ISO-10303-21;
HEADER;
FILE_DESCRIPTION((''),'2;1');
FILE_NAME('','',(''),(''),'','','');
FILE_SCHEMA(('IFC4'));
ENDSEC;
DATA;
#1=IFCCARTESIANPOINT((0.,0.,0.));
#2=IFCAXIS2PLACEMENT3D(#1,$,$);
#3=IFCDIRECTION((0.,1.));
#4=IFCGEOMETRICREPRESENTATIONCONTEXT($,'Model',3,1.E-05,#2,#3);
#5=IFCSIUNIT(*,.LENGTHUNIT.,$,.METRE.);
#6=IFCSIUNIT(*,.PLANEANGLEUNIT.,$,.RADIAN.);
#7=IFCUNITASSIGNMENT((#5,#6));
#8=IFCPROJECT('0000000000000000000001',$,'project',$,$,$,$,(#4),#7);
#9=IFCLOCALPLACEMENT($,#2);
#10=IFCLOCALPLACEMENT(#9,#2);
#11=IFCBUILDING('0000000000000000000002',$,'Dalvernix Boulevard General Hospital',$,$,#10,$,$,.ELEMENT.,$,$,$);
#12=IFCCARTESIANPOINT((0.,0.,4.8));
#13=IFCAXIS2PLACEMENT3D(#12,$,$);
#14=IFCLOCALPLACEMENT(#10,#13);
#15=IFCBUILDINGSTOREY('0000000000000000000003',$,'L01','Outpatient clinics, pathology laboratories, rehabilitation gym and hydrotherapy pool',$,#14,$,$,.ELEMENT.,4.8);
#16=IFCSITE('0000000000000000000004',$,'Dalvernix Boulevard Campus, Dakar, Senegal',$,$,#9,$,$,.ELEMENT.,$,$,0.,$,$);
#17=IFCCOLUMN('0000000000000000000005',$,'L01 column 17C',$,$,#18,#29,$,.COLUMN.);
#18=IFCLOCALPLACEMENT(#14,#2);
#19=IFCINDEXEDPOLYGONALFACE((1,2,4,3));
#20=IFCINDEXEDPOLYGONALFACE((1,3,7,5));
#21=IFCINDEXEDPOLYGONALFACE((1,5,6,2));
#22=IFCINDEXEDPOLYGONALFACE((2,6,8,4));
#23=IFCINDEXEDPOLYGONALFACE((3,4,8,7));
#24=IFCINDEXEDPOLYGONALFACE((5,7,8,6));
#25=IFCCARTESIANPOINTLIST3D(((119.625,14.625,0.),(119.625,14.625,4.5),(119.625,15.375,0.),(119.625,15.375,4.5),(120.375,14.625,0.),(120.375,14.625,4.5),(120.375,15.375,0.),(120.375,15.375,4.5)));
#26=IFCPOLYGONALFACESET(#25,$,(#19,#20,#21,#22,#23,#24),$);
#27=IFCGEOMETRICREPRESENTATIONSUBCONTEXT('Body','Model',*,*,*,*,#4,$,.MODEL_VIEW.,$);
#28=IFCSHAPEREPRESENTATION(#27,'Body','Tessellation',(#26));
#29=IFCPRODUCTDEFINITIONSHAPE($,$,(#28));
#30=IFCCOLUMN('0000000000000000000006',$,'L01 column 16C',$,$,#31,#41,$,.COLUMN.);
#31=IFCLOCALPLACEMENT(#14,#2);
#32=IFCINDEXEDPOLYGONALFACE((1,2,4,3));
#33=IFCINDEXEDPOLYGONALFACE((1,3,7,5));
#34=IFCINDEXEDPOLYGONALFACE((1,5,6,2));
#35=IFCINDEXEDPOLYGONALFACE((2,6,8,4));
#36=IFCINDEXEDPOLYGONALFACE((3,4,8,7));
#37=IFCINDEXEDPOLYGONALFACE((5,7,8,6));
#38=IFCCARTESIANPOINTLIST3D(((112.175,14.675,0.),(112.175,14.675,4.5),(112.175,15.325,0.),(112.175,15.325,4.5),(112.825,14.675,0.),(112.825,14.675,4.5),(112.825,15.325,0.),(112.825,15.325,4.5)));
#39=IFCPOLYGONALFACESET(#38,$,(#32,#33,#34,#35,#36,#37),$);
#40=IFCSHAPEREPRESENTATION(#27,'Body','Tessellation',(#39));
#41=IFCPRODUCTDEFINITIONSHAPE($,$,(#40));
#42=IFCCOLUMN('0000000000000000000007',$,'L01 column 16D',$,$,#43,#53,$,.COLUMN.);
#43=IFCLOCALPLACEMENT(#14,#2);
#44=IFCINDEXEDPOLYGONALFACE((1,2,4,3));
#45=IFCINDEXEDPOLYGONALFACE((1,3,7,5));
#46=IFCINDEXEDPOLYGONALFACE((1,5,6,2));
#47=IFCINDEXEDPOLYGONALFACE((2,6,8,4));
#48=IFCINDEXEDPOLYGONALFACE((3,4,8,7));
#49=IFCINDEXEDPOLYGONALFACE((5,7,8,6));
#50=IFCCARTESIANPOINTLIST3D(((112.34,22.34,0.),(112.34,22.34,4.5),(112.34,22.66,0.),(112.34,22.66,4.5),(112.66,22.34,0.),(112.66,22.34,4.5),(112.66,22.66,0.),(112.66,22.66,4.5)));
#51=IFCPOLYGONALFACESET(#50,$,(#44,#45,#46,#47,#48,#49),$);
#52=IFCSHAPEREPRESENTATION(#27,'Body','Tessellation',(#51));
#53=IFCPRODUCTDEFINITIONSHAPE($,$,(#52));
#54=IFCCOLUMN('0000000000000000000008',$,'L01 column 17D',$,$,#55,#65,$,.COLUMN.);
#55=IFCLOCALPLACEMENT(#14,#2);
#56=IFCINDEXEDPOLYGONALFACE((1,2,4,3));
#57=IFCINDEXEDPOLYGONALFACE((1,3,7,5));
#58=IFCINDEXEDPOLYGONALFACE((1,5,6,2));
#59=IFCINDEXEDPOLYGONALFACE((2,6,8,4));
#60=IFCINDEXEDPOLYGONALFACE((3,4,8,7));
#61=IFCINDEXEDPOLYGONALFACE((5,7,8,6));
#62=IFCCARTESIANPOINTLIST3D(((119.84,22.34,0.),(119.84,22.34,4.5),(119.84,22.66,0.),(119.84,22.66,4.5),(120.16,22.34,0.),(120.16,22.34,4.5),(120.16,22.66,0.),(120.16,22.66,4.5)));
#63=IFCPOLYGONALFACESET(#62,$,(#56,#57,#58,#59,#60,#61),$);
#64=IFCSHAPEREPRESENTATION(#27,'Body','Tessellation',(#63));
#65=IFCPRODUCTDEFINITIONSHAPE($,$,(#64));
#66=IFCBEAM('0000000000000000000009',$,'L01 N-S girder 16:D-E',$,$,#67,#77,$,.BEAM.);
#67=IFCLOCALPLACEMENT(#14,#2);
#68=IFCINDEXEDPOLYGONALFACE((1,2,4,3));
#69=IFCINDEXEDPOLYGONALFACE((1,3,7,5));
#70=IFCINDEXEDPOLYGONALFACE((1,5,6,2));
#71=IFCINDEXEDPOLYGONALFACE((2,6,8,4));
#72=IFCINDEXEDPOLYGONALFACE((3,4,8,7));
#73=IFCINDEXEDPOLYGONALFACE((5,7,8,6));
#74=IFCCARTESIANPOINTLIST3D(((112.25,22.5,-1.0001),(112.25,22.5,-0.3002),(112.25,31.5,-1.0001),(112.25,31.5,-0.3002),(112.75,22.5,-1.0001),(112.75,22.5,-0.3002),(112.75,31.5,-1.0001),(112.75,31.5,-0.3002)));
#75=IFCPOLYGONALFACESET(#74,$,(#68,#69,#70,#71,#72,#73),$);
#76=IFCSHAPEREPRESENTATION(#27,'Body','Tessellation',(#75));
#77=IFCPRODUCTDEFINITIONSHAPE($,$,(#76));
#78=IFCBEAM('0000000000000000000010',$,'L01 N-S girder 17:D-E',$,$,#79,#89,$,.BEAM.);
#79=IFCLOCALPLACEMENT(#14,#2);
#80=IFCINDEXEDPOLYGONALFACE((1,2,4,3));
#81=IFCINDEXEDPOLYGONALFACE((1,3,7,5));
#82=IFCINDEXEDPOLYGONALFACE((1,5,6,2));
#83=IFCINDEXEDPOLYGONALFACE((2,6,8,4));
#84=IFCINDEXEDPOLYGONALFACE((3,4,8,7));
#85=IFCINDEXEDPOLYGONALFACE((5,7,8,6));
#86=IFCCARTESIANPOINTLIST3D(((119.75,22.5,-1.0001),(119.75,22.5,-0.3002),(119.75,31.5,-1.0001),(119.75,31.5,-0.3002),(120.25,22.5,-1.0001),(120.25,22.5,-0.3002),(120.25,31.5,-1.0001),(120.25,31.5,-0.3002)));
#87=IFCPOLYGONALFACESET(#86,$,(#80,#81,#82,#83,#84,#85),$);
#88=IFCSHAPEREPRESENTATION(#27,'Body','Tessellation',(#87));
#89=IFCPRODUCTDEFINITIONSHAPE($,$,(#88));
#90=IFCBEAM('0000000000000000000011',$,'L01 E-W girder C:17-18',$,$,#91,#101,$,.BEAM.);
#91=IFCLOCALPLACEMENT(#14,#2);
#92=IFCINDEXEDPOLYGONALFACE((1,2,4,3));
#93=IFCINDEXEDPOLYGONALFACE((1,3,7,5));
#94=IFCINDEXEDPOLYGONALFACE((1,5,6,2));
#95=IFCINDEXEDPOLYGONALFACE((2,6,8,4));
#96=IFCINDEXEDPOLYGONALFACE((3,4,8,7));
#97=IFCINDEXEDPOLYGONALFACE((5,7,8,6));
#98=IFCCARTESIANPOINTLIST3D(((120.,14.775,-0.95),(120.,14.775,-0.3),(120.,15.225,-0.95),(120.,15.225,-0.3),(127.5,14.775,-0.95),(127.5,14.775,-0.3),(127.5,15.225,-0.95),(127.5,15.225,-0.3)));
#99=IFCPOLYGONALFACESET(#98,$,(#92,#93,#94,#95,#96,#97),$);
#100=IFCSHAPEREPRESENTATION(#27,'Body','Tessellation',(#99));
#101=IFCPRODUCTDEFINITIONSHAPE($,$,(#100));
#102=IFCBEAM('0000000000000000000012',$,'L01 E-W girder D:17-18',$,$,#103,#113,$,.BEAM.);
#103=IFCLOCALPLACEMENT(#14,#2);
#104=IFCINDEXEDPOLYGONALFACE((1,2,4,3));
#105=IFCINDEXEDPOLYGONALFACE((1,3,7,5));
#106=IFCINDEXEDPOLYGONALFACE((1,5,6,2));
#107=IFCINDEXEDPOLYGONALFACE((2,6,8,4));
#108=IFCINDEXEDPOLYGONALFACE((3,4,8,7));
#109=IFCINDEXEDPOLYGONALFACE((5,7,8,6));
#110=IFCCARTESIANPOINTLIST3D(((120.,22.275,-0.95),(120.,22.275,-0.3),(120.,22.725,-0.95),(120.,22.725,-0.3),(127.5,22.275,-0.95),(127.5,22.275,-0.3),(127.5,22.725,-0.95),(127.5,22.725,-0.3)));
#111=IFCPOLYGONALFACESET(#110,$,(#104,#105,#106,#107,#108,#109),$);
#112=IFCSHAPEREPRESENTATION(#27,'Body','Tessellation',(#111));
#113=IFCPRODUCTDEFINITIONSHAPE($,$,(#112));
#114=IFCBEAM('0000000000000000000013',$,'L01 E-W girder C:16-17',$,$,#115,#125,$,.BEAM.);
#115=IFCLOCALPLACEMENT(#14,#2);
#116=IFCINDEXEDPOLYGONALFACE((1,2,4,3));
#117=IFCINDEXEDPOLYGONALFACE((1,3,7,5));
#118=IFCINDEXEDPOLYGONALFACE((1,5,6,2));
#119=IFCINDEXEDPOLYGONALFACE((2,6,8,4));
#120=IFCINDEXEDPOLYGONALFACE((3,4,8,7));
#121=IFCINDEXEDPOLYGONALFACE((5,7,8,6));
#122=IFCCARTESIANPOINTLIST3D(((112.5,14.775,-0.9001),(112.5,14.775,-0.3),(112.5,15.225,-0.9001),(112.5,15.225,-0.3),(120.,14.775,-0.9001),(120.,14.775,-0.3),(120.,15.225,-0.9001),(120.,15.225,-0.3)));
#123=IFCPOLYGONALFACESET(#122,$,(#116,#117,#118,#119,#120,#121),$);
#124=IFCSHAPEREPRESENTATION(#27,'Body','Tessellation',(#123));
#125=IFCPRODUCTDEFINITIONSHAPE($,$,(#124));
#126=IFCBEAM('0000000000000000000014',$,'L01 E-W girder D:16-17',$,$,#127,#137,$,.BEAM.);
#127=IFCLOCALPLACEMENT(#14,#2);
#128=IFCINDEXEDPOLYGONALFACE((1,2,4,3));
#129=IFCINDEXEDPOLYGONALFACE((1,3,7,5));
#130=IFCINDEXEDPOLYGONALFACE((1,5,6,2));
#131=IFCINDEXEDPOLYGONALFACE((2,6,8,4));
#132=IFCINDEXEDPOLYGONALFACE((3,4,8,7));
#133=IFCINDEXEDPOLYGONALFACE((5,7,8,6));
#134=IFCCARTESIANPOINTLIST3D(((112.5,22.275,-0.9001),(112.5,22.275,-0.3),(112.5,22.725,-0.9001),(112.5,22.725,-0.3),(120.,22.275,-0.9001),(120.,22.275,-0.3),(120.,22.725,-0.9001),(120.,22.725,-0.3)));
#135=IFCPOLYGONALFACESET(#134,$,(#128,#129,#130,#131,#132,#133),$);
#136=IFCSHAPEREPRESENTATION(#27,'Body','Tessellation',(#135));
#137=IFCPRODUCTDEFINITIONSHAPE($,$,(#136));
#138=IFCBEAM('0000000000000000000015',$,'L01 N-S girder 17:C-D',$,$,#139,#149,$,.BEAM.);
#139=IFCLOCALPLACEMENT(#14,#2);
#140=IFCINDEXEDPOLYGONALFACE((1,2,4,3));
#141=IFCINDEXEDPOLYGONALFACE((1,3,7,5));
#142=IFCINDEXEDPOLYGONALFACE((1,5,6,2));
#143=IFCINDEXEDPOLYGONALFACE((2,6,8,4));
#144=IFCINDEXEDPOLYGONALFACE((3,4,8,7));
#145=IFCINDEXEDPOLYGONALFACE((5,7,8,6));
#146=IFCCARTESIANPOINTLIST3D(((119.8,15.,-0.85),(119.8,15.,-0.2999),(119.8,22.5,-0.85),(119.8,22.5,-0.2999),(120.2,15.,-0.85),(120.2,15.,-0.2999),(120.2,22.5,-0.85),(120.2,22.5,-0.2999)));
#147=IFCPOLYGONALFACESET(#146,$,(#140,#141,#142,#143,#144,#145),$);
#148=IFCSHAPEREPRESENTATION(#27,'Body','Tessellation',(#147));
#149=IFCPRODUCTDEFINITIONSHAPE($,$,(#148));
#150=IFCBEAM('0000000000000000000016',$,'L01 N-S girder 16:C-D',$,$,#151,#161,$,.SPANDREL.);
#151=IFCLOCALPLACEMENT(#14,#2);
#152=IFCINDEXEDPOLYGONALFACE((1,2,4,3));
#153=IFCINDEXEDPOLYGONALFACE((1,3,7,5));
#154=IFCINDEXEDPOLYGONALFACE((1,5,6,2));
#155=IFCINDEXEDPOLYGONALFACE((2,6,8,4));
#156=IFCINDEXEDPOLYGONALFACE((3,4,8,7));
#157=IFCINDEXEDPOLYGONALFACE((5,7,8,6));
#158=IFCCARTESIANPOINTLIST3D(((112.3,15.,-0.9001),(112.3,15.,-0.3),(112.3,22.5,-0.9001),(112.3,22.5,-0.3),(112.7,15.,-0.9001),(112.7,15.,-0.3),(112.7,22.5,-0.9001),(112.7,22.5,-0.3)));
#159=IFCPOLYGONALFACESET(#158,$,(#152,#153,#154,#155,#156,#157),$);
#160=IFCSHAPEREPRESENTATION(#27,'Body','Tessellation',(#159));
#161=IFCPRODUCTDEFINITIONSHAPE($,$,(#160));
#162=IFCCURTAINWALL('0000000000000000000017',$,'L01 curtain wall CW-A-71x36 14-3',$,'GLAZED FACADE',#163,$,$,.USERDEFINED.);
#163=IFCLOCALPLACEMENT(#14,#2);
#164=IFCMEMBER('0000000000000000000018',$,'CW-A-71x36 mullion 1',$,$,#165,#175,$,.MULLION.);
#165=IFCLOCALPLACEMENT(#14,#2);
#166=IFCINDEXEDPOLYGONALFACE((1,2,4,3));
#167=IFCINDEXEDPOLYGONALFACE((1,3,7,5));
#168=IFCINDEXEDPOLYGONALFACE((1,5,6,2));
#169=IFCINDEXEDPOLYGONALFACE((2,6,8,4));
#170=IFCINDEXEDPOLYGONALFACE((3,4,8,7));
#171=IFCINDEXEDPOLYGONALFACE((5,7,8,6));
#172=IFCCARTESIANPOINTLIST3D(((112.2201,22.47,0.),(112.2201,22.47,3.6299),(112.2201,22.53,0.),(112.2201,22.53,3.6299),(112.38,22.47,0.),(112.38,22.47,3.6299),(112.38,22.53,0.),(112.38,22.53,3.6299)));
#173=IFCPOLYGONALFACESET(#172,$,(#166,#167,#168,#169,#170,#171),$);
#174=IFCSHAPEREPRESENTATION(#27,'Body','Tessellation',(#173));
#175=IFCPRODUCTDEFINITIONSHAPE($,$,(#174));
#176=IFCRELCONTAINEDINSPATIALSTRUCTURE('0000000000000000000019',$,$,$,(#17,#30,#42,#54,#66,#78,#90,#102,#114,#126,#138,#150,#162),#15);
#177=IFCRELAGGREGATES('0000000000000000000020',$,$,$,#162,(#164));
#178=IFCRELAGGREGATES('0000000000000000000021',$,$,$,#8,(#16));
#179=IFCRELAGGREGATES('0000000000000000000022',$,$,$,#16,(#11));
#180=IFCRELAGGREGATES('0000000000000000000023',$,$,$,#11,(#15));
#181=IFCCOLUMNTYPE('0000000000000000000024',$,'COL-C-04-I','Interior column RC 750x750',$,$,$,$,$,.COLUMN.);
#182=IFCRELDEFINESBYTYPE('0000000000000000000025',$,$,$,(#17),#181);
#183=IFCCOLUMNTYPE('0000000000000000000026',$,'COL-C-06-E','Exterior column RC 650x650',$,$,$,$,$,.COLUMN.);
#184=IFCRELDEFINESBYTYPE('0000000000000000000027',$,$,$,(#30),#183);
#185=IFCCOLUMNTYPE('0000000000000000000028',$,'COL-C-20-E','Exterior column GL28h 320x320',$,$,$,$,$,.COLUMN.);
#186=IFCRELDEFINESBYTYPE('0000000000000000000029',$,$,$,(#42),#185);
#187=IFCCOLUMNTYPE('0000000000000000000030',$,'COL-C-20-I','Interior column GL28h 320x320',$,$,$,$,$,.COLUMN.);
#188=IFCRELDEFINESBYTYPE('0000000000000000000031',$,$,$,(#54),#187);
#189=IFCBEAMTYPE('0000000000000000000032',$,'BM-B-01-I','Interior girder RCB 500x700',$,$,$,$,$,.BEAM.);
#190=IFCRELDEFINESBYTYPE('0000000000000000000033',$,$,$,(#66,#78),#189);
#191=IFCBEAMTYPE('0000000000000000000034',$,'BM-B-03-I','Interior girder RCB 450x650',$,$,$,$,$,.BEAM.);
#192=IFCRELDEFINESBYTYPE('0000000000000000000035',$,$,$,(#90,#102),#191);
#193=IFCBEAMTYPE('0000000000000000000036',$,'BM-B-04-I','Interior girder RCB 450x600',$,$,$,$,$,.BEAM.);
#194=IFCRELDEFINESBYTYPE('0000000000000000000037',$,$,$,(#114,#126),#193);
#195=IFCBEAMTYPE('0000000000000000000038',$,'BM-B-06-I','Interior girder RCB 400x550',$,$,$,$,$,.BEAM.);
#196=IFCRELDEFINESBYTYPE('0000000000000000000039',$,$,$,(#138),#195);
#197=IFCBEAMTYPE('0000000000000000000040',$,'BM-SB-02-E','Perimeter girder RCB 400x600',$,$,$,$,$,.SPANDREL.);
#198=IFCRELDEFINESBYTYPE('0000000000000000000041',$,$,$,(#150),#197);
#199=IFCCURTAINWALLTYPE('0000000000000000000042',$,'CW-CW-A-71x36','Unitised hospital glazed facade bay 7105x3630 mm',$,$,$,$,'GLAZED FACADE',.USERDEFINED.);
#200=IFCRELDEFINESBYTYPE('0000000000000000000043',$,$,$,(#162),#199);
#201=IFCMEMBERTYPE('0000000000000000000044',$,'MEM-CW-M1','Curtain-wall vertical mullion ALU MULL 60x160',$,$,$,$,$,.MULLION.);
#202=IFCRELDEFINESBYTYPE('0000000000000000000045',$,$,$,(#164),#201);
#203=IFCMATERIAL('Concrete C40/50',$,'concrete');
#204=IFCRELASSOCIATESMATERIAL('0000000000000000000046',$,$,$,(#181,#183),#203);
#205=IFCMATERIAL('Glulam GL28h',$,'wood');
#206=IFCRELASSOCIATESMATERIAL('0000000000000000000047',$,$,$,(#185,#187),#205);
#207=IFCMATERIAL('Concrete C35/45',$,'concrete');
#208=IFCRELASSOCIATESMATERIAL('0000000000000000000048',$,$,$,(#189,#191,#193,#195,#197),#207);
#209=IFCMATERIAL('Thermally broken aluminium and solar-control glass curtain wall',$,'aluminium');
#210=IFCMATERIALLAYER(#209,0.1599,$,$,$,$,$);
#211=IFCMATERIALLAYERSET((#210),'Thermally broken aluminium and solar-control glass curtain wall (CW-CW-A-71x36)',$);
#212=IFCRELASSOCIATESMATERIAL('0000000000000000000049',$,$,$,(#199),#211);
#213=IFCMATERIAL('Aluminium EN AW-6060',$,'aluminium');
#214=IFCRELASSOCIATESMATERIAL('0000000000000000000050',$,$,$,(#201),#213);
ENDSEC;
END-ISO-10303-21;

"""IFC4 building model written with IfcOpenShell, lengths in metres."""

from ifc_helpers import new_model, si_unit, direction, frame, origin, origin_2d, place, context, subcontext, project, spatial, rectangle, extrude, material, layer, layer_set, material_profile, profile_set, type_object, element, aggregate, save


model = new_model("IFC4")

# Units and contexts
model_context = context("Model", 3, precision=1e-05, world=origin(), true_north=direction((0.0, 1.0)))
body_context = subcontext(model_context, "Body", "Model", "MODEL_VIEW")
ifc_project = project(units=[si_unit("LENGTHUNIT", "METRE"), si_unit("PLANEANGLEUNIT", "RADIAN")], contexts=[model_context])

# Site, building, storey
site_placement = place(None, origin())
site = spatial("IfcSite", under=ifc_project, at=site_placement, Name="Dalvernix Boulevard Campus, Dakar, Senegal", CompositionType="ELEMENT", RefElevation=0.0)
building_placement = place(site_placement, origin())
building = spatial("IfcBuilding", under=site, at=building_placement, Name="Dalvernix Boulevard General Hospital", CompositionType="ELEMENT")
storey_placement = place(building_placement, frame((0.0, 0.0, 4.8)))
storey = spatial("IfcBuildingStorey", under=building, at=storey_placement, Name="L01", Description="Outpatient clinics, pathology laboratories, rehabilitation gym and hydrotherapy pool", CompositionType="ELEMENT", Elevation=4.8)

# Columns
ifc_material_1 = material(Name="Concrete C40/50", Category="concrete")
ifc_material_profile_1 = material_profile(ifc_material_1, rectangle(XDim=0.75, YDim=0.75, at=origin_2d()), Name="RC 750x750")
ifc_profile_set_1 = profile_set([ifc_material_profile_1], Name="Concrete C40/50")
column_type_1 = type_object("IfcColumnType", Name="COL-C-04-I", Description="Interior column RC 750x750", PredefinedType="COLUMN", material=ifc_profile_set_1)
column_1_placement = place(storey_placement, frame((120.0, 15.0, 0.0), z_axis=(0.0, 0.0, 1.0), x_axis=(1.0, 0.0, 0.0)))
element("IfcColumn", 1, at=column_1_placement, inside=storey, type_object=column_type_1, Name="L01 column 17C", PredefinedType="COLUMN", context=body_context, shape_type="SweptSolid", body=[
    extrude(rectangle(XDim=0.75, YDim=0.75, at=origin_2d()), origin(), (0.0, 0.0, 1.0), 4.5),
])
ifc_material_profile_2 = material_profile(ifc_material_1, rectangle(XDim=0.6499, YDim=0.6499, at=origin_2d()), Name="RC 650x650")
ifc_profile_set_2 = profile_set([ifc_material_profile_2], Name="Concrete C40/50")
column_type_2 = type_object("IfcColumnType", Name="COL-C-06-E", Description="Exterior column RC 650x650", PredefinedType="COLUMN", material=ifc_profile_set_2)
column_2_placement = place(storey_placement, frame((112.5, 15.0, 0.0), z_axis=(0.0, 0.0, 1.0), x_axis=(1.0, 0.0, 0.0)))
element("IfcColumn", 2, at=column_2_placement, inside=storey, type_object=column_type_2, Name="L01 column 16C", PredefinedType="COLUMN", context=body_context, shape_type="SweptSolid", body=[
    extrude(rectangle(XDim=0.6499, YDim=0.6499, at=origin_2d()), origin(), (0.0, 0.0, 1.0), 4.5),
])
ifc_material_2 = material(Name="Glulam GL28h", Category="wood")
ifc_material_profile_3 = material_profile(ifc_material_2, rectangle(XDim=0.3201, YDim=0.3201, at=origin_2d()), Name="GL28h 320x320")
ifc_profile_set_3 = profile_set([ifc_material_profile_3], Name="Glulam GL28h")
column_type_3 = type_object("IfcColumnType", Name="COL-C-20-E", Description="Exterior column GL28h 320x320", PredefinedType="COLUMN", material=ifc_profile_set_3)
column_3_placement = place(storey_placement, frame((112.5, 22.5, 0.0), z_axis=(0.0, 0.0, 1.0), x_axis=(1.0, 0.0, 0.0)))
element("IfcColumn", 3, at=column_3_placement, inside=storey, type_object=column_type_3, Name="L01 column 16D", PredefinedType="COLUMN", context=body_context, shape_type="SweptSolid", body=[
    extrude(rectangle(XDim=0.3201, YDim=0.3201, at=origin_2d()), origin(), (0.0, 0.0, 1.0), 4.5),
])
ifc_material_profile_4 = material_profile(ifc_material_2, rectangle(XDim=0.3201, YDim=0.3201, at=origin_2d()), Name="GL28h 320x320")
ifc_profile_set_4 = profile_set([ifc_material_profile_4], Name="Glulam GL28h")
column_type_4 = type_object("IfcColumnType", Name="COL-C-20-I", Description="Interior column GL28h 320x320", PredefinedType="COLUMN", material=ifc_profile_set_4)
column_4_placement = place(storey_placement, frame((120.0, 22.5, 0.0), z_axis=(0.0, 0.0, 1.0), x_axis=(1.0, 0.0, 0.0)))
element("IfcColumn", 4, at=column_4_placement, inside=storey, type_object=column_type_4, Name="L01 column 17D", PredefinedType="COLUMN", context=body_context, shape_type="SweptSolid", body=[
    extrude(rectangle(XDim=0.3201, YDim=0.3201, at=origin_2d()), origin(), (0.0, 0.0, 1.0), 4.5),
])

# Beams
ifc_material_3 = material(Name="Concrete C35/45", Category="concrete")
ifc_material_profile_5 = material_profile(ifc_material_3, rectangle(XDim=0.5, YDim=0.7, at=origin_2d()), Name="RCB 500x700")
ifc_profile_set_5 = profile_set([ifc_material_profile_5], Name="Concrete C35/45")
beam_type_1 = type_object("IfcBeamType", Name="BM-B-01-I", Description="Interior girder RCB 500x700", PredefinedType="BEAM", material=ifc_profile_set_5)
for number, where, z_axis, x_axis, name in (
    (5, (112.5, 22.5, -0.6501), (0.0, 1.0, 0.0), (-1.0, 0.0, 0.0), "L01 N-S girder 16:D-E"),
    (6, (120.0, 22.5, -0.6501), (0.0, 1.0, 0.0), (-1.0, 0.0, 0.0), "L01 N-S girder 17:D-E"),
):
    element("IfcBeam", number, at=place(storey_placement, frame(where, z_axis=z_axis, x_axis=x_axis)), inside=storey, type_object=beam_type_1, Name=name, PredefinedType="BEAM", context=body_context, shape_type="SweptSolid", body=[
        extrude(rectangle(XDim=0.5, YDim=0.7, at=origin_2d()), origin(), (0.0, 0.0, 1.0), 9.0),
    ])
ifc_material_profile_6 = material_profile(ifc_material_3, rectangle(XDim=0.45, YDim=0.6499, at=origin_2d()), Name="RCB 450x650")
ifc_profile_set_6 = profile_set([ifc_material_profile_6], Name="Concrete C35/45")
beam_type_2 = type_object("IfcBeamType", Name="BM-B-03-I", Description="Interior girder RCB 450x650", PredefinedType="BEAM", material=ifc_profile_set_6)
for number, where, z_axis, x_axis, name in (
    (7, (120.0, 15.0, -0.625), (1.0, 0.0, 0.0), (0.0, 1.0, 0.0), "L01 E-W girder C:17-18"),
    (8, (120.0, 22.5, -0.625), (1.0, 0.0, 0.0), (0.0, 1.0, 0.0), "L01 E-W girder D:17-18"),
):
    element("IfcBeam", number, at=place(storey_placement, frame(where, z_axis=z_axis, x_axis=x_axis)), inside=storey, type_object=beam_type_2, Name=name, PredefinedType="BEAM", context=body_context, shape_type="SweptSolid", body=[
        extrude(rectangle(XDim=0.45, YDim=0.6499, at=origin_2d()), origin(), (0.0, 0.0, 1.0), 7.5),
    ])
ifc_material_profile_7 = material_profile(ifc_material_3, rectangle(XDim=0.45, YDim=0.6001, at=origin_2d()), Name="RCB 450x600")
ifc_profile_set_7 = profile_set([ifc_material_profile_7], Name="Concrete C35/45")
beam_type_3 = type_object("IfcBeamType", Name="BM-B-04-I", Description="Interior girder RCB 450x600", PredefinedType="BEAM", material=ifc_profile_set_7)
for number, where, z_axis, x_axis, name in (
    (9, (112.5, 15.0, -0.6001), (1.0, 0.0, 0.0), (0.0, 1.0, 0.0), "L01 E-W girder C:16-17"),
    (10, (112.5, 22.5, -0.6001), (1.0, 0.0, 0.0), (0.0, 1.0, 0.0), "L01 E-W girder D:16-17"),
):
    element("IfcBeam", number, at=place(storey_placement, frame(where, z_axis=z_axis, x_axis=x_axis)), inside=storey, type_object=beam_type_3, Name=name, PredefinedType="BEAM", context=body_context, shape_type="SweptSolid", body=[
        extrude(rectangle(XDim=0.45, YDim=0.6001, at=origin_2d()), origin(), (0.0, 0.0, 1.0), 7.5),
    ])
ifc_material_profile_8 = material_profile(ifc_material_3, rectangle(XDim=0.3999, YDim=0.55, at=origin_2d()), Name="RCB 400x550")
ifc_profile_set_8 = profile_set([ifc_material_profile_8], Name="Concrete C35/45")
beam_type_4 = type_object("IfcBeamType", Name="BM-B-06-I", Description="Interior girder RCB 400x550", PredefinedType="BEAM", material=ifc_profile_set_8)
beam_1_placement = place(storey_placement, frame((120.0, 15.0, -0.575), z_axis=(0.0, 1.0, 0.0), x_axis=(-1.0, 0.0, 0.0)))
element("IfcBeam", 11, at=beam_1_placement, inside=storey, type_object=beam_type_4, Name="L01 N-S girder 17:C-D", PredefinedType="BEAM", context=body_context, shape_type="SweptSolid", body=[
    extrude(rectangle(XDim=0.3999, YDim=0.55, at=origin_2d()), origin(), (0.0, 0.0, 1.0), 7.5),
])
ifc_material_profile_9 = material_profile(ifc_material_3, rectangle(XDim=0.3999, YDim=0.6001, at=origin_2d()), Name="RCB 400x600")
ifc_profile_set_9 = profile_set([ifc_material_profile_9], Name="Concrete C35/45")
beam_type_5 = type_object("IfcBeamType", Name="BM-SB-02-E", Description="Perimeter girder RCB 400x600", PredefinedType="SPANDREL", material=ifc_profile_set_9)
beam_2_placement = place(storey_placement, frame((112.5, 15.0, -0.6001), z_axis=(0.0, 1.0, 0.0), x_axis=(-1.0, 0.0, 0.0)))
element("IfcBeam", 12, at=beam_2_placement, inside=storey, type_object=beam_type_5, Name="L01 N-S girder 16:C-D", PredefinedType="SPANDREL", context=body_context, shape_type="SweptSolid", body=[
    extrude(rectangle(XDim=0.3999, YDim=0.6001, at=origin_2d()), origin(), (0.0, 0.0, 1.0), 7.5),
])

# Curtain wall, member
ifc_material_4 = material(Name="Thermally broken aluminium and solar-control glass curtain wall", Category="aluminium")
ifc_layer_1 = layer(ifc_material_4, 0.1599)
ifc_layer_set_1 = layer_set([ifc_layer_1], Name="Thermally broken aluminium and solar-control glass curtain wall (CW-CW-A-71x36)")
curtain_wall_type = type_object("IfcCurtainWallType", Name="CW-CW-A-71x36", Description="Unitised hospital glazed facade bay 7105x3630 mm", ElementType="GLAZED FACADE", PredefinedType="USERDEFINED", material=ifc_layer_set_1)
curtain_wall_placement = place(storey_placement, origin())
curtain_wall = element("IfcCurtainWall", 13, at=curtain_wall_placement, inside=storey, type_object=curtain_wall_type, Name="L01 curtain wall CW-A-71x36 14-3", ObjectType="GLAZED FACADE", PredefinedType="USERDEFINED")
ifc_material_5 = material(Name="Aluminium EN AW-6060", Category="aluminium")
ifc_material_profile_10 = material_profile(ifc_material_5, rectangle(XDim=0.0601, YDim=0.1599, at=origin_2d()), Name="ALU MULL 60x160")
ifc_profile_set_10 = profile_set([ifc_material_profile_10], Name="Aluminium EN AW-6060")
member_type_1 = type_object("IfcMemberType", Name="MEM-CW-M1", Description="Curtain-wall vertical mullion ALU MULL 60x160", PredefinedType="MULLION", material=ifc_profile_set_10)
member_1_placement = place(storey_placement, frame((112.3, 22.5, 0.0), z_axis=(0.0, 0.0, 1.0), x_axis=(0.0, -1.0, 0.0)))
member_1 = element("IfcMember", 14, at=member_1_placement, type_object=member_type_1, Name="CW-A-71x36 mullion 1", PredefinedType="MULLION", context=body_context, shape_type="SweptSolid", body=[
    extrude(rectangle(XDim=0.0601, YDim=0.1599, at=origin_2d()), origin(), (0.0, 0.0, 1.0), 3.6299),
])
aggregate(curtain_wall, [member_1])

save(model, "model.ifc")
